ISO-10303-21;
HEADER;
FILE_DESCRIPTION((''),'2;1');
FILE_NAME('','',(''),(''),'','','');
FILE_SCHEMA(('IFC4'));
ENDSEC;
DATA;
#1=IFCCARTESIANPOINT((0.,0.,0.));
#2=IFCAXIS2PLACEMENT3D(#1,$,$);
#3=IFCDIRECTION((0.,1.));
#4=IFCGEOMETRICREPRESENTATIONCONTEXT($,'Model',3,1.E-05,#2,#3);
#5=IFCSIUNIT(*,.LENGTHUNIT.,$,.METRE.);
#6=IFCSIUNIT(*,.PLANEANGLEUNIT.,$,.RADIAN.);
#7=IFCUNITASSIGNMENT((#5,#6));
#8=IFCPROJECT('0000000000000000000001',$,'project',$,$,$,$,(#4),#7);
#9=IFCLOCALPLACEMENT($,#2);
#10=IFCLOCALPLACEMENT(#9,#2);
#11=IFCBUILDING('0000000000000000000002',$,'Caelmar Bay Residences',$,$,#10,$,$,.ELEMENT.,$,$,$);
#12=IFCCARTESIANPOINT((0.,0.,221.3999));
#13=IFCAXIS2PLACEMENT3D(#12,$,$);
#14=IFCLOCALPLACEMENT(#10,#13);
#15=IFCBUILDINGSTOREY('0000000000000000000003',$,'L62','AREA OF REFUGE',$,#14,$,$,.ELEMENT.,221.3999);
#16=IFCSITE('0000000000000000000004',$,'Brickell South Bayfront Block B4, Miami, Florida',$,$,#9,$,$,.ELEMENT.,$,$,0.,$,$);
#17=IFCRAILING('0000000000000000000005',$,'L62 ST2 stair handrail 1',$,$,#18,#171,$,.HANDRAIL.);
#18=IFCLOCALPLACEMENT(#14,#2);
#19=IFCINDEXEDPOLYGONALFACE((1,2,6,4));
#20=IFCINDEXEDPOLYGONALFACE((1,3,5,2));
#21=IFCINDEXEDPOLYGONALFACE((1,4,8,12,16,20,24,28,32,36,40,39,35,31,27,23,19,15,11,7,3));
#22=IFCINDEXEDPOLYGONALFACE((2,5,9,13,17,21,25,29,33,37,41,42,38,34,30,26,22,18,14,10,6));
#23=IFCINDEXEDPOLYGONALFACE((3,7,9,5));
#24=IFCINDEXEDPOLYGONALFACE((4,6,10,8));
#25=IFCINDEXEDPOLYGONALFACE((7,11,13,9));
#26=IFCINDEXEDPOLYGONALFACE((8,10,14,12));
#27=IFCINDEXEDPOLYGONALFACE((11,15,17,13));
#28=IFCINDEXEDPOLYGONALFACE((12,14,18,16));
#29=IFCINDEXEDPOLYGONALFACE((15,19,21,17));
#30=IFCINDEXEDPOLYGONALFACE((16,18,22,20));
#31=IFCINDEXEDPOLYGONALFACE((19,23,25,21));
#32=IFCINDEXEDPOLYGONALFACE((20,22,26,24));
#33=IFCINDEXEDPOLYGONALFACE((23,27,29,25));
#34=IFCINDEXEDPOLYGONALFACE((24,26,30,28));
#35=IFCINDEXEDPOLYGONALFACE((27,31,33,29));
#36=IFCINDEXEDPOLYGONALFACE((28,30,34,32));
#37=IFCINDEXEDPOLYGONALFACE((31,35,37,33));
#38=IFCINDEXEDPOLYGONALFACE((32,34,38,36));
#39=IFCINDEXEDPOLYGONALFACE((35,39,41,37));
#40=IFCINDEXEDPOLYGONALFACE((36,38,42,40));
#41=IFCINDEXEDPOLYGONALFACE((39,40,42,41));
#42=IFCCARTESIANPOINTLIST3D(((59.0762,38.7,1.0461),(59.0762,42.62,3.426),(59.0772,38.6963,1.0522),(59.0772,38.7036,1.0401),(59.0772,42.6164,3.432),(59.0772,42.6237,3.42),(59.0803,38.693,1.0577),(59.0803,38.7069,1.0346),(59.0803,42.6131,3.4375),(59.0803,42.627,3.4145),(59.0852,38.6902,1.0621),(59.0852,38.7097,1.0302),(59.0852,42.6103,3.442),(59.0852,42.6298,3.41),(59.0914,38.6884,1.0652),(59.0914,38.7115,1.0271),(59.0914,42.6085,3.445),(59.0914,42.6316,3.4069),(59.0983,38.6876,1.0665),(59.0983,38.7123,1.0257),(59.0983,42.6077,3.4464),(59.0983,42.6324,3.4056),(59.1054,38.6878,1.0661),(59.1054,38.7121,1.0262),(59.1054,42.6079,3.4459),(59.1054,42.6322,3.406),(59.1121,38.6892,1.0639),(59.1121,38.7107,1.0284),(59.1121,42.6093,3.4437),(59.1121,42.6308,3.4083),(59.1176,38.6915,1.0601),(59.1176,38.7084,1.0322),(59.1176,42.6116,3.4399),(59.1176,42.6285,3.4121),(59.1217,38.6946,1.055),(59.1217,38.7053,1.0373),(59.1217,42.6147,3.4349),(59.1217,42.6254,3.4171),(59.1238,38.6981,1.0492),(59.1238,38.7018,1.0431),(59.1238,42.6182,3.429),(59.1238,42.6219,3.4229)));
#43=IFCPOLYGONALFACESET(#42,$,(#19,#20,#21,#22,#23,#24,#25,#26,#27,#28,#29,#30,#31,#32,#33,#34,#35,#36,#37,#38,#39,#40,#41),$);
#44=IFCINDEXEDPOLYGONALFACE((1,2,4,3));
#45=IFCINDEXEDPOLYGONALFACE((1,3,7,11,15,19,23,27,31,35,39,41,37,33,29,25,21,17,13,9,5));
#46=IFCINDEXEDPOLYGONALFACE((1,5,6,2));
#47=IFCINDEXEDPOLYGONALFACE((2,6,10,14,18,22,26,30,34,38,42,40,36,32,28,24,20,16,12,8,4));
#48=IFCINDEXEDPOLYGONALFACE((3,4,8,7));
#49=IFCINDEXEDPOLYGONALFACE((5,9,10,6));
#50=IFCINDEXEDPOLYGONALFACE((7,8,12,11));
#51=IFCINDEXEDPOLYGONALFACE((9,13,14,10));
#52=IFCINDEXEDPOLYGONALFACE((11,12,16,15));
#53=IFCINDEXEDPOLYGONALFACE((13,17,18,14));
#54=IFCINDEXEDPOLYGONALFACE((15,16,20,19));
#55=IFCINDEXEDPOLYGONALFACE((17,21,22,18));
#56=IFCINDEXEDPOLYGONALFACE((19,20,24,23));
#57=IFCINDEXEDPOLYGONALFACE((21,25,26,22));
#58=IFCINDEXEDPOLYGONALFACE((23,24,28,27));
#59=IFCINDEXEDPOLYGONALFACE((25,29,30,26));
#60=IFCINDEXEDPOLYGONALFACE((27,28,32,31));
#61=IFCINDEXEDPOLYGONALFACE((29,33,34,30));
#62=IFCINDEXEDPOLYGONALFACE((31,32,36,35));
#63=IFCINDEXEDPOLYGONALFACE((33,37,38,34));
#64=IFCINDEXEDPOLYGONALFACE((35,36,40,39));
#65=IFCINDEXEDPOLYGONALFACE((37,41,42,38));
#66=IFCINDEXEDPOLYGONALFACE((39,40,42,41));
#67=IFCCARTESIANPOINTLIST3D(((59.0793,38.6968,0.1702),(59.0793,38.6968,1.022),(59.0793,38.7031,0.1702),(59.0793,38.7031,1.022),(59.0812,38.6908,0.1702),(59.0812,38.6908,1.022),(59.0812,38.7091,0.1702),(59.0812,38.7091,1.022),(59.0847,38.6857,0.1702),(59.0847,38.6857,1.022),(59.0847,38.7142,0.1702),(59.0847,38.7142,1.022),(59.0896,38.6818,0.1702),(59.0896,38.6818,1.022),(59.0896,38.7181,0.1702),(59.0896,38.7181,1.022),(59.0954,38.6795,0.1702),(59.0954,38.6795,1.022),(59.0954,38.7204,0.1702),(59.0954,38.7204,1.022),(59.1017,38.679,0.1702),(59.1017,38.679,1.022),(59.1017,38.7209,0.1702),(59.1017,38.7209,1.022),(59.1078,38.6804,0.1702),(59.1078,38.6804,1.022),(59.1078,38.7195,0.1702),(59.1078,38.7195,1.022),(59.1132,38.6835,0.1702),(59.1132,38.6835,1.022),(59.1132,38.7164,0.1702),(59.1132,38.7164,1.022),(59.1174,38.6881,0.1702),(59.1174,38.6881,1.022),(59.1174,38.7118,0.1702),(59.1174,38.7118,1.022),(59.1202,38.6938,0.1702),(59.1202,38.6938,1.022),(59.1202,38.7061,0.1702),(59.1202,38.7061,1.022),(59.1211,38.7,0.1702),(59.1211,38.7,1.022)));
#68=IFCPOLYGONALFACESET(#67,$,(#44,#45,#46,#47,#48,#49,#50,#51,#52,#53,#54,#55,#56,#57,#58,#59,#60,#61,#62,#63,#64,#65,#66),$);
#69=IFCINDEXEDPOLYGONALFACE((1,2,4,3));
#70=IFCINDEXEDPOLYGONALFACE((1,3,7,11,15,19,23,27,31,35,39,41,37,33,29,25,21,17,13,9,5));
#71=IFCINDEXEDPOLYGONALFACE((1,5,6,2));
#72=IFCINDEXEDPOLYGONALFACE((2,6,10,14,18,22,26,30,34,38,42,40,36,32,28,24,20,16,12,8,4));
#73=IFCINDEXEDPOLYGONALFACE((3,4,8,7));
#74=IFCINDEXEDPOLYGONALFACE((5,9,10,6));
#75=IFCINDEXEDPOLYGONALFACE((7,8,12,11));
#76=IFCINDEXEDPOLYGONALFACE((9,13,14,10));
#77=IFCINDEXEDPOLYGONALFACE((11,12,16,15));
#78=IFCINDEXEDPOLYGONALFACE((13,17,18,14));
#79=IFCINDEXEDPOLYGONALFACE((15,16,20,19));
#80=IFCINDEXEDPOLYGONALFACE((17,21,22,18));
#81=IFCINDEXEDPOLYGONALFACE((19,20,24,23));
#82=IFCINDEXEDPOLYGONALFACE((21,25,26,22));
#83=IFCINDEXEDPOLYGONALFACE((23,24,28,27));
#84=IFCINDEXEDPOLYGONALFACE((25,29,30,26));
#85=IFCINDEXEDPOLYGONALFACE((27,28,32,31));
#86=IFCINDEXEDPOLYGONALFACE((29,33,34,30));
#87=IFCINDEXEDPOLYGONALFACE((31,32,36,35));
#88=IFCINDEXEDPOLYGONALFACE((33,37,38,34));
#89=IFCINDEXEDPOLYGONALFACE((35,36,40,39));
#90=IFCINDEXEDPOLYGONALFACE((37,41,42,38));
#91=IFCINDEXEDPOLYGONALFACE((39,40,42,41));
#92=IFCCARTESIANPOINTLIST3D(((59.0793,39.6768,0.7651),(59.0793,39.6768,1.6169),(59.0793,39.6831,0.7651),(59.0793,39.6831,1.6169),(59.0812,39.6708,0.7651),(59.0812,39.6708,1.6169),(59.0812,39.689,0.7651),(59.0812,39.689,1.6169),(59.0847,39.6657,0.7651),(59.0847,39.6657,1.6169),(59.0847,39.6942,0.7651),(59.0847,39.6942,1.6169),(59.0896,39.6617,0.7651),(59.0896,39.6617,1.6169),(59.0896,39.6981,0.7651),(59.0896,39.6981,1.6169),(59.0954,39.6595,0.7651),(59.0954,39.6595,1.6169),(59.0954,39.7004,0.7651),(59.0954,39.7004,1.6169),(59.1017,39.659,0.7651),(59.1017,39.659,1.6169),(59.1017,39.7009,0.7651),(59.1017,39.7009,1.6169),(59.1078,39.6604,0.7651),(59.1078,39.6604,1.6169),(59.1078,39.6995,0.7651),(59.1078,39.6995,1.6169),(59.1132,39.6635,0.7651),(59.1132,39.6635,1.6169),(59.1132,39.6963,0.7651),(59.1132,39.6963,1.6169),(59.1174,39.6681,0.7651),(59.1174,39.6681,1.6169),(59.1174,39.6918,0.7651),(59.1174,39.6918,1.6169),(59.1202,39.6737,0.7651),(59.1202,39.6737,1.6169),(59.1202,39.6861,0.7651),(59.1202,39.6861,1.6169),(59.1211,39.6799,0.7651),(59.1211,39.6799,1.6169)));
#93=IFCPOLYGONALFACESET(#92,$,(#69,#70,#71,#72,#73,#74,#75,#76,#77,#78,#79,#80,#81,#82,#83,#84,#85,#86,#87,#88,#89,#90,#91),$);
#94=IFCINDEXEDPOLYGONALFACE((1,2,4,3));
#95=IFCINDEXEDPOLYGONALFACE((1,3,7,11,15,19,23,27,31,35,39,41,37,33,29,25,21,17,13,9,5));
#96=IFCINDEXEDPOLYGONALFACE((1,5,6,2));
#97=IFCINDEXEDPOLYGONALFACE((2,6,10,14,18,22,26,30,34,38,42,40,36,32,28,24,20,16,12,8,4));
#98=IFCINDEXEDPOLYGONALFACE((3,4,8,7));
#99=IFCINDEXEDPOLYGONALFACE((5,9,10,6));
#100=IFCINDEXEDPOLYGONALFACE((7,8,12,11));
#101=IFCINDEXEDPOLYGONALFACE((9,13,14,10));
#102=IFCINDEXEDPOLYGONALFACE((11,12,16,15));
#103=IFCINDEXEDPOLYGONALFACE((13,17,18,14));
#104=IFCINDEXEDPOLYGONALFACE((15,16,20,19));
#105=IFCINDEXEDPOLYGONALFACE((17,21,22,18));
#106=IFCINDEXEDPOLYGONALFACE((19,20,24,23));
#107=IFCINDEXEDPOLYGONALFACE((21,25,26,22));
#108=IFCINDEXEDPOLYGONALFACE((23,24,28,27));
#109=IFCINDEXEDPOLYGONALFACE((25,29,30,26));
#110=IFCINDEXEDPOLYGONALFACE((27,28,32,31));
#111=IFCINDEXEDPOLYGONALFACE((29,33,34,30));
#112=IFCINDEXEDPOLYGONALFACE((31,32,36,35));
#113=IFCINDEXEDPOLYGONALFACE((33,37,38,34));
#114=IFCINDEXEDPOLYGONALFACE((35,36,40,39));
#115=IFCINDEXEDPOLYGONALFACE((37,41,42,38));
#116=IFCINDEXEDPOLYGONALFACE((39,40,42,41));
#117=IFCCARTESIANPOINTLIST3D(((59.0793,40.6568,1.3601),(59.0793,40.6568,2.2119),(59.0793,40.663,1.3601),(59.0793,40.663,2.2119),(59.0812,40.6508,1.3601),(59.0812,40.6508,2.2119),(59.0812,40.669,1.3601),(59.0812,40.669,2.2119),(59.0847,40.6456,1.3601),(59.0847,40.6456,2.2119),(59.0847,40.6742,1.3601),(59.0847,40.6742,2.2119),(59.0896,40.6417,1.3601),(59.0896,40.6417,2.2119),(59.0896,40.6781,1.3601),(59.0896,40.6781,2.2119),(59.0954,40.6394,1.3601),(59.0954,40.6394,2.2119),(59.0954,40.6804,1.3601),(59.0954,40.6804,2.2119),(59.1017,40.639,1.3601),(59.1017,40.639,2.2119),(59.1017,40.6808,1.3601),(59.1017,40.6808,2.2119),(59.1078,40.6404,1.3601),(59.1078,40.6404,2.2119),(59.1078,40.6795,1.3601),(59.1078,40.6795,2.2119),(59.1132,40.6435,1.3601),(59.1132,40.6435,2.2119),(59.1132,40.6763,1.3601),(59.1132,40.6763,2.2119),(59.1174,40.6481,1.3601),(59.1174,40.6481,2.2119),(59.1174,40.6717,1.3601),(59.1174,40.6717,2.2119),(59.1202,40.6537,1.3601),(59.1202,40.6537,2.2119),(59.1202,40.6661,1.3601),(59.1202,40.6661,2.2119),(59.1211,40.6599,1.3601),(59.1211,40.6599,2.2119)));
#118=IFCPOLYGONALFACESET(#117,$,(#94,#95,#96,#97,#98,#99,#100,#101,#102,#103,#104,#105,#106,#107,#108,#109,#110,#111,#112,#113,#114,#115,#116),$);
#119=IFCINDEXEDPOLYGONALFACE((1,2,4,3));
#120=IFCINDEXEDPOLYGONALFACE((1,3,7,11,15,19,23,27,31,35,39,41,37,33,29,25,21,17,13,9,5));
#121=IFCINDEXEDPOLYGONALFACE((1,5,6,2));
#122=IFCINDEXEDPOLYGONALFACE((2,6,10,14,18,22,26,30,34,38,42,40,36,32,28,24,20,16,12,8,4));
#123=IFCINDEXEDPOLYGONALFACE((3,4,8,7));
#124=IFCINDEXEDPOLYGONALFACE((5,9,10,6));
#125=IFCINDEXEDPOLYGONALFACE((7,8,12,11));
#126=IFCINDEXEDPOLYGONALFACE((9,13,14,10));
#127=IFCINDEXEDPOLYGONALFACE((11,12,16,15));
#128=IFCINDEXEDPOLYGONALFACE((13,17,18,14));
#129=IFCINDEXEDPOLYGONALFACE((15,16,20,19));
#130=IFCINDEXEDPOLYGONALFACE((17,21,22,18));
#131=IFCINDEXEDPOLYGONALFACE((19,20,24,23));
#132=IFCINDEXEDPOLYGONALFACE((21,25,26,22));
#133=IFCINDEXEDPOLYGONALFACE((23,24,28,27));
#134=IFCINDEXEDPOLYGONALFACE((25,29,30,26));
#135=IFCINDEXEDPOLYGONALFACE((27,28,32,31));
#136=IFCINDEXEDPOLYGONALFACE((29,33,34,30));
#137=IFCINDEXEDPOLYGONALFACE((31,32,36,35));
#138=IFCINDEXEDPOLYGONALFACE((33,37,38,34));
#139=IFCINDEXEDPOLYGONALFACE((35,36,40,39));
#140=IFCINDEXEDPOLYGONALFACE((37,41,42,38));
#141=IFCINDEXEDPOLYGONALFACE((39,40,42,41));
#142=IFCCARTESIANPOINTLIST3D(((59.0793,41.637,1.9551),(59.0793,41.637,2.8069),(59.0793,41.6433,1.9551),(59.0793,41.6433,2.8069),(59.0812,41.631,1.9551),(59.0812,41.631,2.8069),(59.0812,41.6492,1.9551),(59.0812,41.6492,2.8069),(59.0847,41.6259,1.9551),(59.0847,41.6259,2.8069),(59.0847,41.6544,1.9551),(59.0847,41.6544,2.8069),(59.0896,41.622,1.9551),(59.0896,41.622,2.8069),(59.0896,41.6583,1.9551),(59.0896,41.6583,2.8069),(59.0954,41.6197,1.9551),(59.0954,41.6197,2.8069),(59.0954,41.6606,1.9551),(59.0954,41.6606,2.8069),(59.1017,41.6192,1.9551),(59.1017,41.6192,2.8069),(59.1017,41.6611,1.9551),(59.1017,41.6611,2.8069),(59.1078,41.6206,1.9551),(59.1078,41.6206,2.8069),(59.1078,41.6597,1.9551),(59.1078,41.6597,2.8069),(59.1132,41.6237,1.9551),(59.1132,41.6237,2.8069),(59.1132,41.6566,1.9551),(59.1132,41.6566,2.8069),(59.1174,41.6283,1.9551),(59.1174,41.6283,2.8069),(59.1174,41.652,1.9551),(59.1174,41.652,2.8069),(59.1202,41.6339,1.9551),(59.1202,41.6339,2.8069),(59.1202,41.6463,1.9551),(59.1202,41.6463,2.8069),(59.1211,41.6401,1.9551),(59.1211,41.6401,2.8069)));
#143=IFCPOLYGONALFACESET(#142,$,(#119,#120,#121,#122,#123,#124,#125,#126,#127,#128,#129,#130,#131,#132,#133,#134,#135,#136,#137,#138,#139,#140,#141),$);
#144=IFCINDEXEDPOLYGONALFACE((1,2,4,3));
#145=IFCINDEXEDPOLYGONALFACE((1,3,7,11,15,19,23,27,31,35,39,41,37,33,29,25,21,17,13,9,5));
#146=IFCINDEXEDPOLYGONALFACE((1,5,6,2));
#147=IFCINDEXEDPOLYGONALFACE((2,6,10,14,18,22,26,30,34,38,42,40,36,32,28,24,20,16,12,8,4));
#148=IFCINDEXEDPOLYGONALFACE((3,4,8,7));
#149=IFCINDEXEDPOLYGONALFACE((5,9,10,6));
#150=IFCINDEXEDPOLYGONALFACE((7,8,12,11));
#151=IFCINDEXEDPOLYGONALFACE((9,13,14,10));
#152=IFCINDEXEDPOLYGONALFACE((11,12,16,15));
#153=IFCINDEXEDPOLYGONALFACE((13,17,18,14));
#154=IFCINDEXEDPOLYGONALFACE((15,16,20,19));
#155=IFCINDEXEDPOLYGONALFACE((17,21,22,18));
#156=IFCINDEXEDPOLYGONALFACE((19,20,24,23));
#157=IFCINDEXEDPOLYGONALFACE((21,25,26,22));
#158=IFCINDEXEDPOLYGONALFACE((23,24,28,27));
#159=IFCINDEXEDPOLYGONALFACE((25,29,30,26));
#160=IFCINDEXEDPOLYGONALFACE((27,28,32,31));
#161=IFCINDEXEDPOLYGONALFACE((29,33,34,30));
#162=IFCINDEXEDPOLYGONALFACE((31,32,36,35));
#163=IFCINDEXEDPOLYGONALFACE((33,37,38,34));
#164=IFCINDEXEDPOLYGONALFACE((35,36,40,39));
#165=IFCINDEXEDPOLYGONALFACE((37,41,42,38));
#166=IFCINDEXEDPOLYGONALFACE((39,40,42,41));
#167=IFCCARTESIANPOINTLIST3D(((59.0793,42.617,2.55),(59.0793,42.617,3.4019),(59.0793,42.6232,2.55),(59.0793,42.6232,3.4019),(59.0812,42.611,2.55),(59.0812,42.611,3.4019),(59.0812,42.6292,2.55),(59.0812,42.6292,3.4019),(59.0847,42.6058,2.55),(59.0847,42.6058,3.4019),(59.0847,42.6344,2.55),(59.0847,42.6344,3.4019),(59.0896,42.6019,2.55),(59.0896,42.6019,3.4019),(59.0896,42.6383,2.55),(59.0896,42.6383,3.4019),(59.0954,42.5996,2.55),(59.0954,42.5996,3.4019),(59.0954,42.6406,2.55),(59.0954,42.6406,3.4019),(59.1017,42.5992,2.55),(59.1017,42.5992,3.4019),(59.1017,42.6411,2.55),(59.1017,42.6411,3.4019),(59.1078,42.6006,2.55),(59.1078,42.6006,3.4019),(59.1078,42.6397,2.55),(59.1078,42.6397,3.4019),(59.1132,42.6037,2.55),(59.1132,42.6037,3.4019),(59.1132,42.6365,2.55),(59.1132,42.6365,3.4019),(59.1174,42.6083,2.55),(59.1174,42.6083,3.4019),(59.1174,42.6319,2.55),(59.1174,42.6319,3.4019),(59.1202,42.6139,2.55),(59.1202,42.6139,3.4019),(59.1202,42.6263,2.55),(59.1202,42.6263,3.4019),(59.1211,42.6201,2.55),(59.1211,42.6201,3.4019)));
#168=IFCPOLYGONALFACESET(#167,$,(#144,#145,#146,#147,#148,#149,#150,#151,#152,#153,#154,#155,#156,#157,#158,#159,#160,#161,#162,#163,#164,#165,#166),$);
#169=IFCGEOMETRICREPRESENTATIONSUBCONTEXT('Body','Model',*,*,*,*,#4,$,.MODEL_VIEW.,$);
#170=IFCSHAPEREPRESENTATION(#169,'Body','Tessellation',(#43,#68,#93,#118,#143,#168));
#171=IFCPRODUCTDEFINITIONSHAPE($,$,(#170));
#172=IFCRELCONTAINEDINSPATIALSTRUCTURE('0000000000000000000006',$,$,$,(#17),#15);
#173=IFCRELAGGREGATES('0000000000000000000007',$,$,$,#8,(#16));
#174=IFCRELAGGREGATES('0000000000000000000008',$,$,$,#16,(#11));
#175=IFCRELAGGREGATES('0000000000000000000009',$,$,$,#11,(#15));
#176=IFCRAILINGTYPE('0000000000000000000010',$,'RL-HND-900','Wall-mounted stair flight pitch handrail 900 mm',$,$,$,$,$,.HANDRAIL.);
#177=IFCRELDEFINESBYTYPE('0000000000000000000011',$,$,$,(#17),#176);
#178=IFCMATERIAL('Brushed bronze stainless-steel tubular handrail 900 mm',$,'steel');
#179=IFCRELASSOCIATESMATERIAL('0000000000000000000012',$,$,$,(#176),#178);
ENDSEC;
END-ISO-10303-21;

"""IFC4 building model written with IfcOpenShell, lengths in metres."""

from ifc_helpers import new_model, si_unit, direction, frame, origin, origin_2d, place, context, subcontext, project, spatial, circle, extrude, material, type_object, element, save


model = new_model("IFC4")

# Units and contexts
model_context = context("Model", 3, precision=1e-05, world=origin(), true_north=direction((0.0, 1.0)))
body_context = subcontext(model_context, "Body", "Model", "MODEL_VIEW")
ifc_project = project(units=[si_unit("LENGTHUNIT", "METRE"), si_unit("PLANEANGLEUNIT", "RADIAN")], contexts=[model_context])

# Site, building, storey
site_placement = place(None, origin())
site = spatial("IfcSite", under=ifc_project, at=site_placement, Name="Brickell South Bayfront Block B4, Miami, Florida", CompositionType="ELEMENT", RefElevation=0.0)
building_placement = place(site_placement, origin())
building = spatial("IfcBuilding", under=site, at=building_placement, Name="Caelmar Bay Residences", CompositionType="ELEMENT")
storey_placement = place(building_placement, frame((0.0, 0.0, 221.3999)))
storey = spatial("IfcBuildingStorey", under=building, at=storey_placement, Name="L62", Description="AREA OF REFUGE", CompositionType="ELEMENT", Elevation=221.3999)

# Railing
ifc_material_1 = material(Name="Brushed bronze stainless-steel tubular handrail 900 mm", Category="steel")
railing_type_1 = type_object("IfcRailingType", Name="RL-HND-900", Description="Wall-mounted stair flight pitch handrail 900 mm", PredefinedType="HANDRAIL", material=ifc_material_1)
railing_1_placement = place(storey_placement, frame((59.1001, 38.7, 0.1702)))
element("IfcRailing", 1, at=railing_1_placement, inside=storey, type_object=railing_type_1, Name="L62 ST2 stair handrail 1", PredefinedType="HANDRAIL", context=body_context, shape_type="SweptSolid", body=[
    extrude(circle(Radius=0.0239, at=origin_2d()), frame((0.0, 0.0, 0.876), z_axis=(0.0, 0.854809, 0.518943), x_axis=(-1.0, 0.0, 0.0)), (0.0, 0.0, 1.0), 4.5859),
    extrude(circle(Radius=0.021, at=origin_2d()), origin(), (0.0, 0.0, 1.0), 0.8518),
    extrude(circle(Radius=0.021, at=origin_2d()), frame((0.0, 0.98, 0.595)), (0.0, 0.0, 1.0), 0.8518),
    extrude(circle(Radius=0.021, at=origin_2d()), frame((0.0, 1.96, 1.1899)), (0.0, 0.0, 1.0), 0.8518),
    extrude(circle(Radius=0.021, at=origin_2d()), frame((0.0, 2.9402, 1.7849)), (0.0, 0.0, 1.0), 0.8518),
    extrude(circle(Radius=0.021, at=origin_2d()), frame((0.0, 3.9202, 2.3799)), (0.0, 0.0, 1.0), 0.8518),
])

save(model, "model.ifc")
